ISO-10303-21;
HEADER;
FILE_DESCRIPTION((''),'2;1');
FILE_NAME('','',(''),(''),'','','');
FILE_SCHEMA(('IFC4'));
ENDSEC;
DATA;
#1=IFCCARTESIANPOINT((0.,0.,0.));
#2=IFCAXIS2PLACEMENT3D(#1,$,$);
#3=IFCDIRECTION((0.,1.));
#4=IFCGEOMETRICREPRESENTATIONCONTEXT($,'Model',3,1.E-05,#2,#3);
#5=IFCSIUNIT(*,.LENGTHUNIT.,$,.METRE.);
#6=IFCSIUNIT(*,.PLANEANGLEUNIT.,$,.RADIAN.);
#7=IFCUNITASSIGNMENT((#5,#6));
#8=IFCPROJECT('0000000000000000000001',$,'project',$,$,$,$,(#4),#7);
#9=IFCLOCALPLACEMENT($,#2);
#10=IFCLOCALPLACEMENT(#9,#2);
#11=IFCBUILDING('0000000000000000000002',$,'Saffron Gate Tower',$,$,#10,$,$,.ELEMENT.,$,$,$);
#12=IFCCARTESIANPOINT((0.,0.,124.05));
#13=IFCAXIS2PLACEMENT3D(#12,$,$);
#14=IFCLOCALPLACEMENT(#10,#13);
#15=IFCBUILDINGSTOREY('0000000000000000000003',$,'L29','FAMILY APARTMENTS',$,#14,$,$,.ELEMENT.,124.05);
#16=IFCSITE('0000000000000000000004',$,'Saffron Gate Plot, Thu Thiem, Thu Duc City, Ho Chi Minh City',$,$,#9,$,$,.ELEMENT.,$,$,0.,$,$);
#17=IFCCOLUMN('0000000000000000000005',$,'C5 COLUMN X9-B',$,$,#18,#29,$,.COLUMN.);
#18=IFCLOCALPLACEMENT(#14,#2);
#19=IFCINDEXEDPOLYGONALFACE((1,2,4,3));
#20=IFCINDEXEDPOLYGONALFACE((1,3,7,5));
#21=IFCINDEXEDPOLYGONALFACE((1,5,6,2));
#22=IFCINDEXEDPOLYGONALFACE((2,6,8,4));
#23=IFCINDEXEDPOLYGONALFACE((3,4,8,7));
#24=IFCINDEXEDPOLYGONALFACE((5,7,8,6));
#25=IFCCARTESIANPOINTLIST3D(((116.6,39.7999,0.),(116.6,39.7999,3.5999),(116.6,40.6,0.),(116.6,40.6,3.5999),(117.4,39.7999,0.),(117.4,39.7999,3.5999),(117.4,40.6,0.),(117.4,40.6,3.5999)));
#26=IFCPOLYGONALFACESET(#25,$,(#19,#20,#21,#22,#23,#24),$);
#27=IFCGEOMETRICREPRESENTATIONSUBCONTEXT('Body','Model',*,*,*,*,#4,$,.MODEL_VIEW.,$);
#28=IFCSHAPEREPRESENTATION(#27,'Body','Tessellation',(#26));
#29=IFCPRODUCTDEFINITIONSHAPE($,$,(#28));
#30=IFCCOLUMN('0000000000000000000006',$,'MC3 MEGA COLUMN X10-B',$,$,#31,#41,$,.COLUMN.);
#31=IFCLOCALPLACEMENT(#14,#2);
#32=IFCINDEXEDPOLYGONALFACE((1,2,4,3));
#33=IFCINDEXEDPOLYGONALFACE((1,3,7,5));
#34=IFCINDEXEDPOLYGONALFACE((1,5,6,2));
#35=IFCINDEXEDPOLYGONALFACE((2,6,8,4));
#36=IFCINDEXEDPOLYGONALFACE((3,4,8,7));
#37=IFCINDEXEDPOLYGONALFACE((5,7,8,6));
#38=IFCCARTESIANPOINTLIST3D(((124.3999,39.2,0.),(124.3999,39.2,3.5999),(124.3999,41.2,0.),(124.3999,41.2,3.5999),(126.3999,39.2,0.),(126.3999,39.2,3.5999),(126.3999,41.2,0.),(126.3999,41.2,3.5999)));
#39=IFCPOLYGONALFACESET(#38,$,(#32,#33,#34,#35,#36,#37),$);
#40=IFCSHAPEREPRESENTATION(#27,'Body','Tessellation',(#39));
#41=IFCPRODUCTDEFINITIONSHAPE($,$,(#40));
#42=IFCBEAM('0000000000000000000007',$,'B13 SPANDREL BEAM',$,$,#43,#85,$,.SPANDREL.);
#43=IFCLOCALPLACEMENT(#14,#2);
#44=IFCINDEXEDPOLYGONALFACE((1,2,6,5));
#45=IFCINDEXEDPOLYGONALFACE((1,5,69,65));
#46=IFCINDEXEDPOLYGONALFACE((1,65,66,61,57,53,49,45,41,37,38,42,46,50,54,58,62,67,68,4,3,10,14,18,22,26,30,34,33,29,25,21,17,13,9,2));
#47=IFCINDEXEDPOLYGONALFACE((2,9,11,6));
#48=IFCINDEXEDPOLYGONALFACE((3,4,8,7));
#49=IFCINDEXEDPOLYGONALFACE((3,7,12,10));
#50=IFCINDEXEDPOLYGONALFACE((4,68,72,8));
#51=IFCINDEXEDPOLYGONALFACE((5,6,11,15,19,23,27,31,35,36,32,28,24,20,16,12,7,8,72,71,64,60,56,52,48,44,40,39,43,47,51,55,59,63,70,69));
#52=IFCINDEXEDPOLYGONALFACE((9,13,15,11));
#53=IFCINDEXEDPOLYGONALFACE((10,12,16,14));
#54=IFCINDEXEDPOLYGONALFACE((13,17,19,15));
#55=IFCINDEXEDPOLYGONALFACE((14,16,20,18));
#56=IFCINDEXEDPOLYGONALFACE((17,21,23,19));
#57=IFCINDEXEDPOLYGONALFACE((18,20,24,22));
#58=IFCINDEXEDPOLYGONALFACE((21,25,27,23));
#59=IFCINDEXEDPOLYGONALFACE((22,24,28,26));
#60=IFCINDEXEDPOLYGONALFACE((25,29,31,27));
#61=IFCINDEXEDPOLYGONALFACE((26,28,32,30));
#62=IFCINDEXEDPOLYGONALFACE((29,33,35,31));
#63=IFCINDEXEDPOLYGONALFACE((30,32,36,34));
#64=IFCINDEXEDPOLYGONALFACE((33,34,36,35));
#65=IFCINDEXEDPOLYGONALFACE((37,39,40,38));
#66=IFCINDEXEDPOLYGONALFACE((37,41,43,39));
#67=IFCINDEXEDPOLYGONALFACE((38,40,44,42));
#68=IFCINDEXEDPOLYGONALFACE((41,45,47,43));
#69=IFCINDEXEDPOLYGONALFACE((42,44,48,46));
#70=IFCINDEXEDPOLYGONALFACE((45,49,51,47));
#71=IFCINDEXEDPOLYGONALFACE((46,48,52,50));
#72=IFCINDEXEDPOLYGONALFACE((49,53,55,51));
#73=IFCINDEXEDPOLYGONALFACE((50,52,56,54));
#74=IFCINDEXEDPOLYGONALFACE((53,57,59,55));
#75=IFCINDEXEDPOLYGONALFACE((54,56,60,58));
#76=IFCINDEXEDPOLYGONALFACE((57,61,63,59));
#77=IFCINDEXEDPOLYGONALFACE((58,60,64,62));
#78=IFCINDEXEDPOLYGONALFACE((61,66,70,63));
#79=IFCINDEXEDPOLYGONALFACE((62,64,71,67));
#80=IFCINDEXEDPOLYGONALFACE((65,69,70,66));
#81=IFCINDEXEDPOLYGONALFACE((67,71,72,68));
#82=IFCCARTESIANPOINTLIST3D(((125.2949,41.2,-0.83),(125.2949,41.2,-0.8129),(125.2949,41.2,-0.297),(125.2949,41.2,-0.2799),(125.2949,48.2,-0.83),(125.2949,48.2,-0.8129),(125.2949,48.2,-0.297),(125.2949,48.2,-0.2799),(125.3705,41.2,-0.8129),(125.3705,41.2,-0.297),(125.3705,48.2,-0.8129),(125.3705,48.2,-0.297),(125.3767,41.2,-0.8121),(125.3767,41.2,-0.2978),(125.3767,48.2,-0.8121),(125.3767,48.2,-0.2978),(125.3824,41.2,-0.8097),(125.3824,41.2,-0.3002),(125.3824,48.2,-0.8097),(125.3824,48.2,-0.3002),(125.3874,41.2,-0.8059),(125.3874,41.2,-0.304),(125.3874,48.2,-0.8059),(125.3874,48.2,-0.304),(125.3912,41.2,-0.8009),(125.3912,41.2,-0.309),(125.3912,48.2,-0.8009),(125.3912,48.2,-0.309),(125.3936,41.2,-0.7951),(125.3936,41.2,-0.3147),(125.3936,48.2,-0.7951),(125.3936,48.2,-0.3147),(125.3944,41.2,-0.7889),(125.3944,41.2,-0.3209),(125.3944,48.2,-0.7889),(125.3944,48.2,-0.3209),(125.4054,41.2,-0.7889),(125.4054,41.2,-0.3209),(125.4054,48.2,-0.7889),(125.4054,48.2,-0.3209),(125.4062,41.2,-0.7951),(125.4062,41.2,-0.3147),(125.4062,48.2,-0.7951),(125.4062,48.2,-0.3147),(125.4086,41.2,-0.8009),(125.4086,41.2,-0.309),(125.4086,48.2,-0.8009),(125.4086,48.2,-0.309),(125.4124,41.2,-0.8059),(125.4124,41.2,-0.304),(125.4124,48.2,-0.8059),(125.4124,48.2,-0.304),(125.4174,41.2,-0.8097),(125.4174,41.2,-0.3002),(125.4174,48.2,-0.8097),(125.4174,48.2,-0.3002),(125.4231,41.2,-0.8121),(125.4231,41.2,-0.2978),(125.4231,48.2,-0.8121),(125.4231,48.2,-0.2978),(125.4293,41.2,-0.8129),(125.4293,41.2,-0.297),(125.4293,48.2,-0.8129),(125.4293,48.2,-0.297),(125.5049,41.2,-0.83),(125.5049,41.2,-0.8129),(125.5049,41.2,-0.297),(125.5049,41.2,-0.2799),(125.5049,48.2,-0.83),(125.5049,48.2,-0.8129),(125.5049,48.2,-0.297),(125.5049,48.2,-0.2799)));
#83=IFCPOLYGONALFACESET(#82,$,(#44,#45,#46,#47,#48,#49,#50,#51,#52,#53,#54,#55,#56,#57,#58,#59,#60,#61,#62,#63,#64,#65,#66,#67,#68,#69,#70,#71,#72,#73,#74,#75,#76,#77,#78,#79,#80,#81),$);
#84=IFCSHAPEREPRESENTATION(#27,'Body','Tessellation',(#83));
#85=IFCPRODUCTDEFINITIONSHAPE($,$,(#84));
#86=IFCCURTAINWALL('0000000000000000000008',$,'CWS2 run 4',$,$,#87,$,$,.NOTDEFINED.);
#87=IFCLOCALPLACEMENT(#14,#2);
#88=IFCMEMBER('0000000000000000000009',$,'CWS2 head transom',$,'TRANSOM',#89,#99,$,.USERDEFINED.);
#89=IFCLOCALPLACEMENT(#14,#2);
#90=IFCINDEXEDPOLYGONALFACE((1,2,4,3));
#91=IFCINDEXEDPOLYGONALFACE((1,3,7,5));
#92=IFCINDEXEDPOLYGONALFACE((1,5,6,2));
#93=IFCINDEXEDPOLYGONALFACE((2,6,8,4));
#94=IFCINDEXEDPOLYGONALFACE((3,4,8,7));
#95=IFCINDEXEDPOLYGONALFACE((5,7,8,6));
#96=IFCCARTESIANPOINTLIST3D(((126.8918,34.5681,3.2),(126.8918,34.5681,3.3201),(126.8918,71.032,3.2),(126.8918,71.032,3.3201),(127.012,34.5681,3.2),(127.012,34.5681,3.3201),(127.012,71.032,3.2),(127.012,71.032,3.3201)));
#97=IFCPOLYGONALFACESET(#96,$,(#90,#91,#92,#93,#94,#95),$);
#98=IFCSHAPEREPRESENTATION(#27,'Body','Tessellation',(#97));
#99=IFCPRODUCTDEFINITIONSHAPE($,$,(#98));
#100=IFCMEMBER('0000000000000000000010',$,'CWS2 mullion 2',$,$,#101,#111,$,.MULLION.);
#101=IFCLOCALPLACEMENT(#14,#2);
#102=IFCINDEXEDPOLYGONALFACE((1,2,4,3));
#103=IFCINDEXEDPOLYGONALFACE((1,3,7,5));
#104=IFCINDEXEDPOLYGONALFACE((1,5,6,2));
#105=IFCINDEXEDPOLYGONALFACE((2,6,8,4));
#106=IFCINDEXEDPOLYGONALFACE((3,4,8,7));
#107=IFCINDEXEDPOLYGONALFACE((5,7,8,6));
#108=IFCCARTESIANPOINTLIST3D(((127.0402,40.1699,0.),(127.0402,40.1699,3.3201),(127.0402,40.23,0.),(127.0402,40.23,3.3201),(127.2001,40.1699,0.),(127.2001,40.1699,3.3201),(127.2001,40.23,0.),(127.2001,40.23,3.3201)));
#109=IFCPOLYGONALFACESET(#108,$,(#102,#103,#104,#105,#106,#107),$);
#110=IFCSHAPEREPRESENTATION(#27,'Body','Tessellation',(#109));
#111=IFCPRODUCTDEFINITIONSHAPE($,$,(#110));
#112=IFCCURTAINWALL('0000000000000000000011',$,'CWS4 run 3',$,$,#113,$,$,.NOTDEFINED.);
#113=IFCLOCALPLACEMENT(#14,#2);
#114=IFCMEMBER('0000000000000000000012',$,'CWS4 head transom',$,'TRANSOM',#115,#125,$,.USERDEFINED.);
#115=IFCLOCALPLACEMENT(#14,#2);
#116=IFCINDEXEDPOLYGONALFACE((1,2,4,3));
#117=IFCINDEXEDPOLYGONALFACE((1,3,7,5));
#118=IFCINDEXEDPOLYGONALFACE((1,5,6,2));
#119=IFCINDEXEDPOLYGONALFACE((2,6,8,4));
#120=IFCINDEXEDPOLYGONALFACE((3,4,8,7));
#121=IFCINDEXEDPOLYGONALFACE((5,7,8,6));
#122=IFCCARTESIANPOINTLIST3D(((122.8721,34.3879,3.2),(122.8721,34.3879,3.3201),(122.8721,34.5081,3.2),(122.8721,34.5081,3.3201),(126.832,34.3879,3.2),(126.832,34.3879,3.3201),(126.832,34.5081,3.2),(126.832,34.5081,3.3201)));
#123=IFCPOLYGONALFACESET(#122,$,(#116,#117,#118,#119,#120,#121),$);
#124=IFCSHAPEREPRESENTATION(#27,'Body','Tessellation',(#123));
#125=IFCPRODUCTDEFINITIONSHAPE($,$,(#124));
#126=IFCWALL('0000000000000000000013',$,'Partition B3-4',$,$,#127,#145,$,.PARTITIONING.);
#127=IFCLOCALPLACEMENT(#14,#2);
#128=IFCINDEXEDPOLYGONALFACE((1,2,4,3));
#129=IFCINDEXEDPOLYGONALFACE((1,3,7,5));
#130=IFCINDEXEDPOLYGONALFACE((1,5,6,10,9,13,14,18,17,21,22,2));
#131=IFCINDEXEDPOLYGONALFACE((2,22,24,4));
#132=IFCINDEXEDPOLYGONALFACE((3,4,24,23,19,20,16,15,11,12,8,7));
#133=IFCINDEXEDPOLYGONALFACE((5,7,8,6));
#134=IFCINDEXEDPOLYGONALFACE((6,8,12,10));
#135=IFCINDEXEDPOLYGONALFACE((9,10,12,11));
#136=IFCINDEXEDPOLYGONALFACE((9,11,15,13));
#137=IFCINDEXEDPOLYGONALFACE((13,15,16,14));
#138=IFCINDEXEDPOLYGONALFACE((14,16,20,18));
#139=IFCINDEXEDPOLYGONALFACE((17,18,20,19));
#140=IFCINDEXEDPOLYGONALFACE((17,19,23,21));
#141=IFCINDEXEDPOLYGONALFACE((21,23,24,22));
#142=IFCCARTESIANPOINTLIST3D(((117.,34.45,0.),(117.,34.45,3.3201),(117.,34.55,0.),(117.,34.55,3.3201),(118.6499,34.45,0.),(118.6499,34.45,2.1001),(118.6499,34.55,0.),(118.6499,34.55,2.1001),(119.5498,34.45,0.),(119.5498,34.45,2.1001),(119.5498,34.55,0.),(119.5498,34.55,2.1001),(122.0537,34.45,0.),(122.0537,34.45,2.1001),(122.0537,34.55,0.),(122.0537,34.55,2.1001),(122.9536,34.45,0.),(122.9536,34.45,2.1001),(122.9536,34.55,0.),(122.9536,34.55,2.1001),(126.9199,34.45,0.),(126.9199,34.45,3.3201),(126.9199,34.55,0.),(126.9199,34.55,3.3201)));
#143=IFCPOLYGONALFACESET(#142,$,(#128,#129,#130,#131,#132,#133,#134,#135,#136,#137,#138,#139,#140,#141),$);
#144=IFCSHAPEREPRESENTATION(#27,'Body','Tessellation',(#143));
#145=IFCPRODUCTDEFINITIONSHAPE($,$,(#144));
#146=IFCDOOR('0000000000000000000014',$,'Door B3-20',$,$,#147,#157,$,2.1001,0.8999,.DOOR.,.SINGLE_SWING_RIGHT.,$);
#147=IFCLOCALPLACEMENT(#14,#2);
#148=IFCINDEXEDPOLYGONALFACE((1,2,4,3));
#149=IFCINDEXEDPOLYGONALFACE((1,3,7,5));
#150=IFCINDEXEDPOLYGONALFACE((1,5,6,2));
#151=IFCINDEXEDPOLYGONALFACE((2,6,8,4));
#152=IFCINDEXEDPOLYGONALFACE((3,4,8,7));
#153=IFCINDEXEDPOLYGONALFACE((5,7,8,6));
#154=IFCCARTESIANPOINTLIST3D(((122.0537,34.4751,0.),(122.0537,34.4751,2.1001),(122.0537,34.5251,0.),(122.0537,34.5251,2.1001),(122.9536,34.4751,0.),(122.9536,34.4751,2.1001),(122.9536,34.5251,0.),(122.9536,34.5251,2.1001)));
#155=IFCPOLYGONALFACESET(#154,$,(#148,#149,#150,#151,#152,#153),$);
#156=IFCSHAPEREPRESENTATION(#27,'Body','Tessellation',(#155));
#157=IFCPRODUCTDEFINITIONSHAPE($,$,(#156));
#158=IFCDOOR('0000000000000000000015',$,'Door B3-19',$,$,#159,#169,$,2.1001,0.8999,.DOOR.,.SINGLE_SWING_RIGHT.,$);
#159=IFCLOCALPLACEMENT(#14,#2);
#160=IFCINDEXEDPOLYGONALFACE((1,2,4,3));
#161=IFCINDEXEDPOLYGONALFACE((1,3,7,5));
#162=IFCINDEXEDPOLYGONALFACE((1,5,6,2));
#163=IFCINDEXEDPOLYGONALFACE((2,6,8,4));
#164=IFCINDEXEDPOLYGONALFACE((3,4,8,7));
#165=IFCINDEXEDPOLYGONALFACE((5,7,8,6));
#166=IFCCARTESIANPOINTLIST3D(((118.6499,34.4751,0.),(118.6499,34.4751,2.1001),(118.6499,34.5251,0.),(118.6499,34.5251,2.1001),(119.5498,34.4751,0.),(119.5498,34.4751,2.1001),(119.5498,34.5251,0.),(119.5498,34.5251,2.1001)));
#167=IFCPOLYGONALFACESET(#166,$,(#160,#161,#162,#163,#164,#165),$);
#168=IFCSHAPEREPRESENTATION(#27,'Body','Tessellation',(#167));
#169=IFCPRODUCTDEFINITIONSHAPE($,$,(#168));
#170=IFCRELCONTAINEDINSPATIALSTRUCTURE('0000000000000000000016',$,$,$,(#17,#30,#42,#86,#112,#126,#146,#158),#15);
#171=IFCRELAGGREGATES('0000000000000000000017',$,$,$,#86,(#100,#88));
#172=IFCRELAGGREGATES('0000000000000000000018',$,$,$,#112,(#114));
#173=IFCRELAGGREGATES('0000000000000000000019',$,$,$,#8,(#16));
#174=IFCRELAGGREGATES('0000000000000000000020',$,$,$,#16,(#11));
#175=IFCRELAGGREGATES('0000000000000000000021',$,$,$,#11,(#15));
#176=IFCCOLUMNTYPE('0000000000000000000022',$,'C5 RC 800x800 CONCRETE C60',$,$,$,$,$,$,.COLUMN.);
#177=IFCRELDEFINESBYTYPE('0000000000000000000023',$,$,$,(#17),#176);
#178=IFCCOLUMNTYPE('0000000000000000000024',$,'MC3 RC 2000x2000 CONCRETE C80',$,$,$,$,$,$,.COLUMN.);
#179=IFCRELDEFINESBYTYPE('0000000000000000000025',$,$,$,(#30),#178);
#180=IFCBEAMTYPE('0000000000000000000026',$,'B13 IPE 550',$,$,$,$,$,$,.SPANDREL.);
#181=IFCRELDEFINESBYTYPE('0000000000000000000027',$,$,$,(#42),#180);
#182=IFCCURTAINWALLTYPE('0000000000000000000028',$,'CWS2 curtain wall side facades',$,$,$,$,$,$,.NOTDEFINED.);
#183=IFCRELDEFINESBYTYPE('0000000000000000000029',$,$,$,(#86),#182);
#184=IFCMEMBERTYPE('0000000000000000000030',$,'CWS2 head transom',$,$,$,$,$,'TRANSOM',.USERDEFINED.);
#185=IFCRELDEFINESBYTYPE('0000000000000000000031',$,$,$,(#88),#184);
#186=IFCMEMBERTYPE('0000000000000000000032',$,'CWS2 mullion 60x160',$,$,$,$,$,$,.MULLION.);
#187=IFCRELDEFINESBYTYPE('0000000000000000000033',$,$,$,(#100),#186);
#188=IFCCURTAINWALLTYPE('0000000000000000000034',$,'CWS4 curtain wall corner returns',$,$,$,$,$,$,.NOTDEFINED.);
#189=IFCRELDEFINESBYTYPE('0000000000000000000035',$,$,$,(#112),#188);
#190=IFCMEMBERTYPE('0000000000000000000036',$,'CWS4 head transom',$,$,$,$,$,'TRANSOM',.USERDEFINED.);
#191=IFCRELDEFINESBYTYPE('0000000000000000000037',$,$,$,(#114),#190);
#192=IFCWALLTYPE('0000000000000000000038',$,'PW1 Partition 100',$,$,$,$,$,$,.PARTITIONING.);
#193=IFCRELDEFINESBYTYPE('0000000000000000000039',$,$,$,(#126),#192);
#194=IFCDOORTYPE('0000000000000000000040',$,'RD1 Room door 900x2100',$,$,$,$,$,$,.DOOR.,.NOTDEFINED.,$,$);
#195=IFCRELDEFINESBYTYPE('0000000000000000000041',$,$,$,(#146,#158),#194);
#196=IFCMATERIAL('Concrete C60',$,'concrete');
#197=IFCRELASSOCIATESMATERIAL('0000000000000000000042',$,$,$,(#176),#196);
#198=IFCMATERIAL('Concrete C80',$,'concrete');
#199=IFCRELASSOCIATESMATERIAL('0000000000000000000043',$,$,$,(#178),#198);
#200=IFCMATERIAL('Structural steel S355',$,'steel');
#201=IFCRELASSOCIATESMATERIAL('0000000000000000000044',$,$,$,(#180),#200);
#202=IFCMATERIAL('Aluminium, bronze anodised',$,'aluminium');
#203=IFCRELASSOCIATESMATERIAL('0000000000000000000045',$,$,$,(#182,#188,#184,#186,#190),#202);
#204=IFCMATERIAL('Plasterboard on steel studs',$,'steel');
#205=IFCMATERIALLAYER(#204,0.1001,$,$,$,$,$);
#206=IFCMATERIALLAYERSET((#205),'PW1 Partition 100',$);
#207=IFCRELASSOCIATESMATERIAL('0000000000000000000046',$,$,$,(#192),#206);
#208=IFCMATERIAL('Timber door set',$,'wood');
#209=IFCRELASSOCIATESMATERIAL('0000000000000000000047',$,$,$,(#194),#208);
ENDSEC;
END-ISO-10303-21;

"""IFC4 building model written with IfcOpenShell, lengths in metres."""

from ifc_helpers import new_model, si_unit, direction, frame, frame_2d, origin, origin_2d, place, context, subcontext, project, spatial, rectangle, i_section, extrude, material, layer, layer_set, material_profile, profile_set, type_object, element, fill, aggregate, save


model = new_model("IFC4")

# Units and contexts
model_context = context("Model", 3, precision=1e-05, world=origin(), true_north=direction((0.0, 1.0)))
body_context = subcontext(model_context, "Body", "Model", "MODEL_VIEW")
ifc_project = project(units=[si_unit("LENGTHUNIT", "METRE"), si_unit("PLANEANGLEUNIT", "RADIAN")], contexts=[model_context])

# Site, building, storey
site_placement = place(None, origin())
site = spatial("IfcSite", under=ifc_project, at=site_placement, Name="Saffron Gate Plot, Thu Thiem, Thu Duc City, Ho Chi Minh City", CompositionType="ELEMENT", RefElevation=0.0)
building_placement = place(site_placement, origin())
building = spatial("IfcBuilding", under=site, at=building_placement, Name="Saffron Gate Tower", CompositionType="ELEMENT")
storey_placement = place(building_placement, frame((0.0, 0.0, 124.05)))
storey = spatial("IfcBuildingStorey", under=building, at=storey_placement, Name="L29", Description="FAMILY APARTMENTS", CompositionType="ELEMENT", Elevation=124.05)

# Columns
ifc_material_1 = material(Name="Concrete C60", Category="concrete")
ifc_material_profile_1 = material_profile(ifc_material_1, rectangle(XDim=0.8, YDim=0.8, at=origin_2d()))
ifc_profile_set_1 = profile_set([ifc_material_profile_1], Name="Concrete C60")
column_type_1 = type_object("IfcColumnType", Name="C5 RC 800x800 CONCRETE C60", PredefinedType="COLUMN", material=ifc_profile_set_1)
column_1_placement = place(storey_placement, frame((117.0, 40.2, 0.0), z_axis=(0.0, 0.0, 1.0), x_axis=(1.0, 0.0, 0.0)))
element("IfcColumn", 1, at=column_1_placement, inside=storey, type_object=column_type_1, Name="C5 COLUMN X9-B", PredefinedType="COLUMN", context=body_context, shape_type="SweptSolid", body=[
    extrude(rectangle(XDim=0.8, YDim=0.8, at=origin_2d()), origin(), (0.0, 0.0, 1.0), 3.5999),
])
ifc_material_2 = material(Name="Concrete C80", Category="concrete")
ifc_material_profile_2 = material_profile(ifc_material_2, rectangle(XDim=2.0, YDim=2.0, at=origin_2d()))
ifc_profile_set_2 = profile_set([ifc_material_profile_2], Name="Concrete C80")
column_type_2 = type_object("IfcColumnType", Name="MC3 RC 2000x2000 CONCRETE C80", PredefinedType="COLUMN", material=ifc_profile_set_2)
column_2_placement = place(storey_placement, frame((125.3999, 40.2, 0.0), z_axis=(0.0, 0.0, 1.0), x_axis=(1.0, 0.0, 0.0)))
element("IfcColumn", 2, at=column_2_placement, inside=storey, type_object=column_type_2, Name="MC3 MEGA COLUMN X10-B", PredefinedType="COLUMN", context=body_context, shape_type="SweptSolid", body=[
    extrude(rectangle(XDim=2.0, YDim=2.0, at=origin_2d()), origin(), (0.0, 0.0, 1.0), 3.5999),
])

# Beam
ifc_material_3 = material(Name="Structural steel S355", Category="steel")
ifc_material_profile_3 = material_profile(ifc_material_3, i_section(OverallWidth=0.21, OverallDepth=0.55, WebThickness=0.011, FlangeThickness=0.0171, FilletRadius=0.0239, at=origin_2d()))
ifc_profile_set_3 = profile_set([ifc_material_profile_3], Name="Structural steel S355")
beam_type = type_object("IfcBeamType", Name="B13 IPE 550", PredefinedType="SPANDREL", material=ifc_profile_set_3)
beam_placement = place(storey_placement, frame((125.3999, 41.2, -0.5549), z_axis=(0.0, 1.0, 0.0), x_axis=(-1.0, 0.0, 0.0)))
element("IfcBeam", 3, at=beam_placement, inside=storey, type_object=beam_type, Name="B13 SPANDREL BEAM", PredefinedType="SPANDREL", context=body_context, shape_type="SweptSolid", body=[
    extrude(i_section(OverallWidth=0.21, OverallDepth=0.55, WebThickness=0.011, FlangeThickness=0.0171, FilletRadius=0.0239, at=origin_2d()), origin(), (0.0, 0.0, 1.0), 7.0),
])

# Curtain wall, members
ifc_material_4 = material(Name="Aluminium, bronze anodised", Category="aluminium")
curtain_wall_type_1 = type_object("IfcCurtainWallType", Name="CWS2 curtain wall side facades", PredefinedType="NOTDEFINED", material=ifc_material_4)
curtain_wall_1_placement = place(storey_placement, origin())
curtain_wall_1 = element("IfcCurtainWall", 4, at=curtain_wall_1_placement, inside=storey, type_object=curtain_wall_type_1, Name="CWS2 run 4", PredefinedType="NOTDEFINED")
ifc_material_profile_4 = material_profile(ifc_material_4, rectangle(XDim=0.1201, YDim=0.1201, at=origin_2d()))
ifc_profile_set_4 = profile_set([ifc_material_profile_4], Name="Aluminium, bronze anodised")
member_type_1 = type_object("IfcMemberType", Name="CWS2 head transom", ElementType="TRANSOM", PredefinedType="USERDEFINED", material=ifc_profile_set_4)
member_1_placement = place(storey_placement, frame((126.9519, 34.5681, 3.26), z_axis=(0.0, 1.0, 0.0), x_axis=(-1.0, 0.0, 0.0)))
member_1 = element("IfcMember", 5, at=member_1_placement, type_object=member_type_1, Name="CWS2 head transom", ObjectType="TRANSOM", PredefinedType="USERDEFINED", context=body_context, shape_type="SweptSolid", body=[
    extrude(rectangle(XDim=0.1201, YDim=0.1201, at=origin_2d()), origin(), (0.0, 0.0, 1.0), 36.4639),
])
ifc_material_profile_5 = material_profile(ifc_material_4, rectangle(XDim=0.1599, YDim=0.0601, at=origin_2d()))
ifc_profile_set_5 = profile_set([ifc_material_profile_5], Name="Aluminium, bronze anodised")
member_type_2 = type_object("IfcMemberType", Name="CWS2 mullion 60x160", PredefinedType="MULLION", material=ifc_profile_set_5)
member_2_placement = place(storey_placement, frame((127.1201, 40.2, 0.0), z_axis=(0.0, 0.0, 1.0), x_axis=(-1.0, 0.0, 0.0)))
member_2 = element("IfcMember", 6, at=member_2_placement, type_object=member_type_2, Name="CWS2 mullion 2", PredefinedType="MULLION", context=body_context, shape_type="SweptSolid", body=[
    extrude(rectangle(XDim=0.1599, YDim=0.0601, at=origin_2d()), origin(), (0.0, 0.0, 1.0), 3.3201),
])
aggregate(curtain_wall_1, [member_2, member_1])

# Curtain wall, member
curtain_wall_type_2 = type_object("IfcCurtainWallType", Name="CWS4 curtain wall corner returns", PredefinedType="NOTDEFINED", material=ifc_material_4)
curtain_wall_2_placement = place(storey_placement, origin())
curtain_wall_2 = element("IfcCurtainWall", 7, at=curtain_wall_2_placement, inside=storey, type_object=curtain_wall_type_2, Name="CWS4 run 3", PredefinedType="NOTDEFINED")
ifc_material_profile_6 = material_profile(ifc_material_4, rectangle(XDim=0.1201, YDim=0.1201, at=origin_2d()))
ifc_profile_set_6 = profile_set([ifc_material_profile_6], Name="Aluminium, bronze anodised")
member_type_3 = type_object("IfcMemberType", Name="CWS4 head transom", ElementType="TRANSOM", PredefinedType="USERDEFINED", material=ifc_profile_set_6)
member_3_placement = place(storey_placement, frame((122.8721, 34.448, 3.26), z_axis=(1.0, 0.0, 0.0), x_axis=(0.0, 1.0, 0.0)))
member_3 = element("IfcMember", 8, at=member_3_placement, type_object=member_type_3, Name="CWS4 head transom", ObjectType="TRANSOM", PredefinedType="USERDEFINED", context=body_context, shape_type="SweptSolid", body=[
    extrude(rectangle(XDim=0.1201, YDim=0.1201, at=origin_2d()), origin(), (0.0, 0.0, 1.0), 3.96),
])
aggregate(curtain_wall_2, [member_3])

# Wall, openings, doors
ifc_material_5 = material(Name="Plasterboard on steel studs", Category="steel")
ifc_layer_1 = layer(ifc_material_5, 0.1001)
ifc_layer_set_1 = layer_set([ifc_layer_1], Name="PW1 Partition 100")
wall_type_1 = type_object("IfcWallType", Name="PW1 Partition 100", PredefinedType="PARTITIONING", material=ifc_layer_set_1)
wall_1_placement = place(storey_placement, frame((126.9199, 34.5, 0.0), z_axis=(0.0, 0.0, 1.0), x_axis=(-1.0, 0.0, 0.0)))
wall_1 = element("IfcWall", 9, at=wall_1_placement, inside=storey, type_object=wall_type_1, Name="Partition B3-4", PredefinedType="PARTITIONING", context=body_context, shape_type="SweptSolid", body=[
    extrude(rectangle(XDim=9.9199, YDim=0.1001, at=frame_2d((4.96, 0.0))), origin(), (0.0, 0.0, 1.0), 3.3201),
])
opening_1_placement = place(wall_1_placement, frame((3.9663, 0.0, 0.0)))
opening_1 = element("IfcOpeningElement", 10, at=opening_1_placement, cuts=wall_1, PredefinedType="OPENING", context=body_context, shape_type="SweptSolid", body=[
    extrude(rectangle(XDim=0.8999, YDim=2.1001, at=frame_2d((0.45, 1.05))), frame((0.0, 0.0601, 0.0), z_axis=(0.0, -1.0, 0.0), x_axis=(1.0, 0.0, 0.0)), (0.0, 0.0, 1.0), 0.1201),
])
opening_2_placement = place(wall_1_placement, frame((7.3701, 0.0, 0.0)))
opening_2 = element("IfcOpeningElement", 11, at=opening_2_placement, cuts=wall_1, PredefinedType="OPENING", context=body_context, shape_type="SweptSolid", body=[
    extrude(rectangle(XDim=0.8999, YDim=2.1001, at=frame_2d((0.45, 1.05))), frame((0.0, 0.0601, 0.0), z_axis=(0.0, -1.0, 0.0), x_axis=(1.0, 0.0, 0.0)), (0.0, 0.0, 1.0), 0.1201),
])
ifc_material_6 = material(Name="Timber door set", Category="wood")
door_type_1 = type_object("IfcDoorType", Name="RD1 Room door 900x2100", OperationType="NOTDEFINED", PredefinedType="DOOR", material=ifc_material_6)
door_1_placement = place(opening_1_placement, origin())
door_1 = element("IfcDoor", 12, at=door_1_placement, inside=storey, type_object=door_type_1, Name="Door B3-20", OperationType="SINGLE_SWING_RIGHT", OverallHeight=2.1001, OverallWidth=0.8999, PredefinedType="DOOR", context=body_context, shape_type="SweptSolid", body=[
    extrude(rectangle(XDim=0.8999, YDim=2.1001, at=frame_2d((0.45, 1.05))), frame((0.0, 0.0249, 0.0), z_axis=(0.0, -1.0, 0.0), x_axis=(1.0, 0.0, 0.0)), (0.0, 0.0, 1.0), 0.05),
])
fill(opening_1, door_1)
door_2_placement = place(opening_2_placement, origin())
door_2 = element("IfcDoor", 13, at=door_2_placement, inside=storey, type_object=door_type_1, Name="Door B3-19", OperationType="SINGLE_SWING_RIGHT", OverallHeight=2.1001, OverallWidth=0.8999, PredefinedType="DOOR", context=body_context, shape_type="SweptSolid", body=[
    extrude(rectangle(XDim=0.8999, YDim=2.1001, at=frame_2d((0.45, 1.05))), frame((0.0, 0.0249, 0.0), z_axis=(0.0, -1.0, 0.0), x_axis=(1.0, 0.0, 0.0)), (0.0, 0.0, 1.0), 0.05),
])
fill(opening_2, door_2)

save(model, "model.ifc")
